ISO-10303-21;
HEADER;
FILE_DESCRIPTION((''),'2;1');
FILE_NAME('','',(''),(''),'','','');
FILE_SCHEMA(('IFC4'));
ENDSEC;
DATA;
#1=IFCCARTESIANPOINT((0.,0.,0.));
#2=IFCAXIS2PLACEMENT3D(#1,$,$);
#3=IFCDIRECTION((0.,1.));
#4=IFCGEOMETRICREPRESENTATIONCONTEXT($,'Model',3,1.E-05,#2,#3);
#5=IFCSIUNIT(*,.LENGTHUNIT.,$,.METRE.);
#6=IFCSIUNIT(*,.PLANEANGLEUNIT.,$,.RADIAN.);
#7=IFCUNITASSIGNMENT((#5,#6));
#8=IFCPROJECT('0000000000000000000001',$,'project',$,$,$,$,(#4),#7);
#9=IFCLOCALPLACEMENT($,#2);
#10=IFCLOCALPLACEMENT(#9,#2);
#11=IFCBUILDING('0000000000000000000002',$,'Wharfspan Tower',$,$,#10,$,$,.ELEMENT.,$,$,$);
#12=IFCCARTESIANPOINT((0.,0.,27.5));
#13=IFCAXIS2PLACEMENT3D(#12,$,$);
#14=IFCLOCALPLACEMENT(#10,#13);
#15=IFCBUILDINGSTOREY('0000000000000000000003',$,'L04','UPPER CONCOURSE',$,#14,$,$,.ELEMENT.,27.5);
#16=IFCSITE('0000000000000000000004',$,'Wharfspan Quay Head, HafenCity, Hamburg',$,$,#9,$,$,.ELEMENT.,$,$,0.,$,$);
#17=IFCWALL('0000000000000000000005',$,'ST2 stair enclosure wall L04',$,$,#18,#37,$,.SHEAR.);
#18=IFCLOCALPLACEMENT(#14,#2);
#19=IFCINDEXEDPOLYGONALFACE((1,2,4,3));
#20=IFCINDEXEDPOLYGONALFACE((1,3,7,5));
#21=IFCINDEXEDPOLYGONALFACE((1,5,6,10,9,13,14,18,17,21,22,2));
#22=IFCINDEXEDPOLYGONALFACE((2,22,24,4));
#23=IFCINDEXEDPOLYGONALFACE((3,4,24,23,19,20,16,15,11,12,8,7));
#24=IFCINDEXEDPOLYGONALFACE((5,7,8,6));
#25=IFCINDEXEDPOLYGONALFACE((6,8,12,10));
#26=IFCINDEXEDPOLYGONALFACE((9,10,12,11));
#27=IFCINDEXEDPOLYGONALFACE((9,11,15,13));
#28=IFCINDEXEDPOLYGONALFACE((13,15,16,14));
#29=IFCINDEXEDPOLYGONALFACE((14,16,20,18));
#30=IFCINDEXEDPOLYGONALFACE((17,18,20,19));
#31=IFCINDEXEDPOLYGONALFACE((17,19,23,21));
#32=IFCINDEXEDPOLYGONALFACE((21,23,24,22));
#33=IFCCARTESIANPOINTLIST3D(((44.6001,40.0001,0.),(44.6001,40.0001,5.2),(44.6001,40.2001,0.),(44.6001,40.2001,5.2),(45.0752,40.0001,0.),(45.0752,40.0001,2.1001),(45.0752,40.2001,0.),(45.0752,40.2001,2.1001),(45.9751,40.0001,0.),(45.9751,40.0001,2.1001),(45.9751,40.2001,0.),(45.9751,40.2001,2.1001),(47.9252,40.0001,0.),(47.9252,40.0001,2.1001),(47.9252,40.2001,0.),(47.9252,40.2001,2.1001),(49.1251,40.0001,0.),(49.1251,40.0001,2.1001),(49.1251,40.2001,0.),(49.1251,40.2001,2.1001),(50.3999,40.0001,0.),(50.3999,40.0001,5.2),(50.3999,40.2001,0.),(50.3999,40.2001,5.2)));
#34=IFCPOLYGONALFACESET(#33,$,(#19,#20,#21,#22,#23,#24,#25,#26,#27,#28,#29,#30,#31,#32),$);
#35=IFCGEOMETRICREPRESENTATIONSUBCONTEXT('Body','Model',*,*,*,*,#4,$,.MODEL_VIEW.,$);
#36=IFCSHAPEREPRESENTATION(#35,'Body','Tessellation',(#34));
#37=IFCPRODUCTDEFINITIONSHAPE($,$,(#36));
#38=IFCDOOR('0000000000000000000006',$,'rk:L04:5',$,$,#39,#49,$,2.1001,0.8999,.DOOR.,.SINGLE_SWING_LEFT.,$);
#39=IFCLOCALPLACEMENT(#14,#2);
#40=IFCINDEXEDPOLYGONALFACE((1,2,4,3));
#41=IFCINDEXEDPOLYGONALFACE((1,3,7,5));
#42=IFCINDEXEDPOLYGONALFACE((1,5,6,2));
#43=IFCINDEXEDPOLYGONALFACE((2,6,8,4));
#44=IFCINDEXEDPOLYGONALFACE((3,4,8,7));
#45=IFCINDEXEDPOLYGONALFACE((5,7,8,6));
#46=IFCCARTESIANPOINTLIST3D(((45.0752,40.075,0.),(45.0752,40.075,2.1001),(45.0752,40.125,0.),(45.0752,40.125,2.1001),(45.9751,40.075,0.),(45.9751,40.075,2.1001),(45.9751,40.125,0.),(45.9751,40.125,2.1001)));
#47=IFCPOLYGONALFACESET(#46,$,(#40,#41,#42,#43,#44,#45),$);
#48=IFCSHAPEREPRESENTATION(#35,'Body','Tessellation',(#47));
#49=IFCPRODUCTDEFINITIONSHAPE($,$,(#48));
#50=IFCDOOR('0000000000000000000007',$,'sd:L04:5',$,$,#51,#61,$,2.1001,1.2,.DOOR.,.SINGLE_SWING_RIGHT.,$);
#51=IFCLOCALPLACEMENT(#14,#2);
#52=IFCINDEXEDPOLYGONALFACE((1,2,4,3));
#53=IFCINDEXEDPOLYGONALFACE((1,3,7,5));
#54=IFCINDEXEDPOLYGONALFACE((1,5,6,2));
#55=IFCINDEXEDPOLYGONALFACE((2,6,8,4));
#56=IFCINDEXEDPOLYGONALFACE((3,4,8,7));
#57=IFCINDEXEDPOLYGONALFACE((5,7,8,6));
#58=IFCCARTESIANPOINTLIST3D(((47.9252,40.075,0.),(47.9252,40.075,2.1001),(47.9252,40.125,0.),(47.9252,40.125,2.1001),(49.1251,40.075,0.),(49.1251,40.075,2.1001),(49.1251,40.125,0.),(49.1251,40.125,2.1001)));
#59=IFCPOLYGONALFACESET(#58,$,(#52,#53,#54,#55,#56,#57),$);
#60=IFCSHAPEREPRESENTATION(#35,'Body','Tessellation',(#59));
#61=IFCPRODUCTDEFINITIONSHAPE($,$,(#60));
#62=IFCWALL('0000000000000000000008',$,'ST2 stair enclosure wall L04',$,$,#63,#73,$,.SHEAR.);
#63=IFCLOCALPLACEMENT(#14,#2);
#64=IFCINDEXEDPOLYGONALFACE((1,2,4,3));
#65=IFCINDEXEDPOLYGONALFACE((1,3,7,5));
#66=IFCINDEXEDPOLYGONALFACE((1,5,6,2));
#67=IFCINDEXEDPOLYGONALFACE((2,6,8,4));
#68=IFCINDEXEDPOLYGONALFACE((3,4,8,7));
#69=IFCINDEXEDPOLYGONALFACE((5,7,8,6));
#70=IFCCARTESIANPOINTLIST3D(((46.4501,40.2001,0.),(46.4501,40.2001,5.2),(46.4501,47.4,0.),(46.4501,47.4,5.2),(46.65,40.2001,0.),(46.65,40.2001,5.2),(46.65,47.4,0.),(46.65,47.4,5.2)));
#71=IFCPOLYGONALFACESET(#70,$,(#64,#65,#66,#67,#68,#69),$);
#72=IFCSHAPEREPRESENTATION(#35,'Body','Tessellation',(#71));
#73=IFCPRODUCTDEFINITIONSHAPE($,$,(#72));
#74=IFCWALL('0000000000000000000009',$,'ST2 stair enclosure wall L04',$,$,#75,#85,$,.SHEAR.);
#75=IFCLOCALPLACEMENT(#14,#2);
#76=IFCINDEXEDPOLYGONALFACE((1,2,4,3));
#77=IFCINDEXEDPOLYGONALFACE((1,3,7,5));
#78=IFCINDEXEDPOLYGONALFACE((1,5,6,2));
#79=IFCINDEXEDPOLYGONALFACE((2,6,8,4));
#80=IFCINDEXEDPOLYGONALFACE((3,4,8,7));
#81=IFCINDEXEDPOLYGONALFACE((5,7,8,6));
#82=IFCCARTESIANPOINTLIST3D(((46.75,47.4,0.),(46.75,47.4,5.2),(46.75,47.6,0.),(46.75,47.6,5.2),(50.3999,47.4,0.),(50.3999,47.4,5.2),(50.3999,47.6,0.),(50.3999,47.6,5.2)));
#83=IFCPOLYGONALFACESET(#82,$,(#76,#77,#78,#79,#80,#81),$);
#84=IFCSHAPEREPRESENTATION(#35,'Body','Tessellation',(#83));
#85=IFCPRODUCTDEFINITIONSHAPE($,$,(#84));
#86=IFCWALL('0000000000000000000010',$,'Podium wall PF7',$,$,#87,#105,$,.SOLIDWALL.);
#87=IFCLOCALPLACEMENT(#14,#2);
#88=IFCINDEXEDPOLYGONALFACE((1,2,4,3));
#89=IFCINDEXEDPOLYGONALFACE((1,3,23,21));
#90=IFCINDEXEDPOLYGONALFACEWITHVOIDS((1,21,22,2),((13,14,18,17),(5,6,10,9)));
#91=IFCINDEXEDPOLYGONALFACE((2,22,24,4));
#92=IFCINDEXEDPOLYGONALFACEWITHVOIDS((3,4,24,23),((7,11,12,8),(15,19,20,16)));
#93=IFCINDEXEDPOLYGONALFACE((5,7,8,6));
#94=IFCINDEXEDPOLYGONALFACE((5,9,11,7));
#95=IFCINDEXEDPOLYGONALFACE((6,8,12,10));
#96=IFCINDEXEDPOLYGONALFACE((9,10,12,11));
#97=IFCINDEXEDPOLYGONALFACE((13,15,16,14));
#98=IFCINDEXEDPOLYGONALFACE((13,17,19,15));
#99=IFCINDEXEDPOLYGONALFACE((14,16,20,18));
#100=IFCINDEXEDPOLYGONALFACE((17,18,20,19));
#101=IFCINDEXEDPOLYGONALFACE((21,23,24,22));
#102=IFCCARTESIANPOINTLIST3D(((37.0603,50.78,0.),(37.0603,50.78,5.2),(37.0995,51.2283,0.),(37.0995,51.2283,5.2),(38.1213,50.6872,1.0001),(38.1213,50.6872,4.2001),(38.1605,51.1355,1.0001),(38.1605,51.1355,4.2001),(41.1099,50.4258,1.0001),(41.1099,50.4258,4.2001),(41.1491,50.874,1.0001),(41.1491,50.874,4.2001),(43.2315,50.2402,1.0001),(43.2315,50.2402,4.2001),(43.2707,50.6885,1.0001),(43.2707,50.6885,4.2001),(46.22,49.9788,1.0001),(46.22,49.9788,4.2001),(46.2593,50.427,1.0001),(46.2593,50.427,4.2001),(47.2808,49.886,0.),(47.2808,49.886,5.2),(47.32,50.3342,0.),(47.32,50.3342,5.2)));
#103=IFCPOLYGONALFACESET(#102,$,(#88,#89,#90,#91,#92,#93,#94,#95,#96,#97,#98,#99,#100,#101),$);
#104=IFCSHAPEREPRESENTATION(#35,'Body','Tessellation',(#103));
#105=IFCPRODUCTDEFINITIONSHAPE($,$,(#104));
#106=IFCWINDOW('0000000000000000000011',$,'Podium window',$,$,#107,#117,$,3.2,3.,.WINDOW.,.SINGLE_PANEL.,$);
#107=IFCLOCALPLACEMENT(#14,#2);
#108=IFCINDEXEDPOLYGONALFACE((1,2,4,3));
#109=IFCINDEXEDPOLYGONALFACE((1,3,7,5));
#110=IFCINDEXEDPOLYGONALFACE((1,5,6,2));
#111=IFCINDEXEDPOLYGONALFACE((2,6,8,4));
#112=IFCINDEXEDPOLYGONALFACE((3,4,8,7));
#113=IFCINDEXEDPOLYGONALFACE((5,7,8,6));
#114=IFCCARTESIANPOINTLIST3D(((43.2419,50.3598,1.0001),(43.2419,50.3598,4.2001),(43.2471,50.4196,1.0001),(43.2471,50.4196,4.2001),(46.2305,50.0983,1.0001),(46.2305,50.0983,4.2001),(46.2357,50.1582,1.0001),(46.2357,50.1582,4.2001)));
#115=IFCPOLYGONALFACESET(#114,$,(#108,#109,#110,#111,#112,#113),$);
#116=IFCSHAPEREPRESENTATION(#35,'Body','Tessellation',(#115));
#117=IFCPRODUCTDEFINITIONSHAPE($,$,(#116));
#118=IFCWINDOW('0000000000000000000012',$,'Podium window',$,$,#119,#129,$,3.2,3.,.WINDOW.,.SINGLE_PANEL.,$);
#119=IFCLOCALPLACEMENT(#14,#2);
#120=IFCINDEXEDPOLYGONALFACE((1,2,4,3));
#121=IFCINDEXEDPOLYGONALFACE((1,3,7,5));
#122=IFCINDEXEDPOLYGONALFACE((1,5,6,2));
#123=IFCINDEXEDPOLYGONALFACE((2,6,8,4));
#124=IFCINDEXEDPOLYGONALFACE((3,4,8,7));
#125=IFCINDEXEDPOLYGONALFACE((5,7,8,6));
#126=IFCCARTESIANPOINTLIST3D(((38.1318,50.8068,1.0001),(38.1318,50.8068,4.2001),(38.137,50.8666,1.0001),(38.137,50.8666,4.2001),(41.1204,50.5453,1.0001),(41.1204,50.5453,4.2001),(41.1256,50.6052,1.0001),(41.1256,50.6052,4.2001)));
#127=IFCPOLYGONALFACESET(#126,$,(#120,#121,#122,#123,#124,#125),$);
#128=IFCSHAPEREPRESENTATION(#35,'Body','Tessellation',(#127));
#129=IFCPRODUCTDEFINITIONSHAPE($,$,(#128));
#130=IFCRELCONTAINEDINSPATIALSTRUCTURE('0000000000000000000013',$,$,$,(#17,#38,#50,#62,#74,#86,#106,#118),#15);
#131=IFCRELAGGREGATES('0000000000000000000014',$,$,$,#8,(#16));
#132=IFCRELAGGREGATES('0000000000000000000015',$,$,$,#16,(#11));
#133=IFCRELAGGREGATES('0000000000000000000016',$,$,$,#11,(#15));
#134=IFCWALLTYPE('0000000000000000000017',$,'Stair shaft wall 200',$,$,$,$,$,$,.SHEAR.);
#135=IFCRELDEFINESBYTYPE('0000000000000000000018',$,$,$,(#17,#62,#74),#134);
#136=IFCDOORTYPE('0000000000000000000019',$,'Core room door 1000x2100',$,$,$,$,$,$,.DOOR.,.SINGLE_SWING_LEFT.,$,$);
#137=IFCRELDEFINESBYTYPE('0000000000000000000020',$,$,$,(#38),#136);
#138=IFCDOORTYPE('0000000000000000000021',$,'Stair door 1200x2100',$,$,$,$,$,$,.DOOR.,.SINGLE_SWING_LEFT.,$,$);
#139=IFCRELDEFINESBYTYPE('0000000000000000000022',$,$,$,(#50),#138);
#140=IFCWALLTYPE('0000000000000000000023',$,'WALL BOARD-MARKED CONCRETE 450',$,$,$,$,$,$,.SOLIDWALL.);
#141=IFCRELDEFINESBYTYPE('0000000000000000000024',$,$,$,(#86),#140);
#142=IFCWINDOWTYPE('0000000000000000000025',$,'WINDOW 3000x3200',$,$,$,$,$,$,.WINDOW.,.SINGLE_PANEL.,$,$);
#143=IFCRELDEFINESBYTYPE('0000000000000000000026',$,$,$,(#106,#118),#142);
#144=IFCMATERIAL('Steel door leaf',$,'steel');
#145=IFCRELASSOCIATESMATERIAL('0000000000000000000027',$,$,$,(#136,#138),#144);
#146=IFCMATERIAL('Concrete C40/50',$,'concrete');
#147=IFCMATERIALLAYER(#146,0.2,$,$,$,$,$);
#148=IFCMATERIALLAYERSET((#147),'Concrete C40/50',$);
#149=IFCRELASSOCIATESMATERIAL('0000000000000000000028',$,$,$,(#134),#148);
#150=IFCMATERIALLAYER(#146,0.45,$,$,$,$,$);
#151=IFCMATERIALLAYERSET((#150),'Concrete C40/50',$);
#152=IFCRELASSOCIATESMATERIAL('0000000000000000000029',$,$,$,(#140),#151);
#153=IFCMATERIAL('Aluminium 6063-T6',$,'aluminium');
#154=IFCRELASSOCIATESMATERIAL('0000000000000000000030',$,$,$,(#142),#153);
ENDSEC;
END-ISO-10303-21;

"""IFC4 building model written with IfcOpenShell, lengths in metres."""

from ifc_helpers import new_model, si_unit, direction, frame, frame_2d, origin, place, context, subcontext, project, spatial, rectangle, extrude, material, layer, layer_set, type_object, element, fill, save


model = new_model("IFC4")

# Units and contexts
model_context = context("Model", 3, precision=1e-05, world=origin(), true_north=direction((0.0, 1.0)))
body_context = subcontext(model_context, "Body", "Model", "MODEL_VIEW")
ifc_project = project(units=[si_unit("LENGTHUNIT", "METRE"), si_unit("PLANEANGLEUNIT", "RADIAN")], contexts=[model_context])

# Site, building, storey
site_placement = place(None, origin())
site = spatial("IfcSite", under=ifc_project, at=site_placement, Name="Wharfspan Quay Head, HafenCity, Hamburg", CompositionType="ELEMENT", RefElevation=0.0)
building_placement = place(site_placement, origin())
building = spatial("IfcBuilding", under=site, at=building_placement, Name="Wharfspan Tower", CompositionType="ELEMENT")
storey_placement = place(building_placement, frame((0.0, 0.0, 27.5)))
storey = spatial("IfcBuildingStorey", under=building, at=storey_placement, Name="L04", Description="UPPER CONCOURSE", CompositionType="ELEMENT", Elevation=27.5)

# Shared definitions
ifc_material_1 = material(Name="Steel door leaf", Category="steel")
door_type_1 = type_object("IfcDoorType", Name="Core room door 1000x2100", OperationType="SINGLE_SWING_LEFT", PredefinedType="DOOR", material=ifc_material_1)

# Wall, openings, doors
ifc_material_2 = material(Name="Concrete C40/50", Category="concrete")
ifc_layer_1 = layer(ifc_material_2, 0.2)
ifc_layer_set_1 = layer_set([ifc_layer_1], Name="Concrete C40/50")
wall_type_1 = type_object("IfcWallType", Name="Stair shaft wall 200", PredefinedType="SHEAR", material=ifc_layer_set_1)
wall_1_placement = place(storey_placement, frame((44.6001, 40.1001, 0.0), z_axis=(0.0, 0.0, 1.0), x_axis=(1.0, 0.0, 0.0)))
wall_1 = element("IfcWall", 1, at=wall_1_placement, inside=storey, type_object=wall_type_1, Name="ST2 stair enclosure wall L04", PredefinedType="SHEAR", context=body_context, shape_type="SweptSolid", body=[
    extrude(rectangle(XDim=5.7998, YDim=0.2, at=frame_2d((2.8999, 0.0))), origin(), (0.0, 0.0, 1.0), 5.2),
])
opening_1_placement = place(wall_1_placement, frame((3.325, 0.0, 0.0)))
opening_1 = element("IfcOpeningElement", 2, at=opening_1_placement, cuts=wall_1, PredefinedType="OPENING", context=body_context, shape_type="SweptSolid", body=[
    extrude(rectangle(XDim=1.2, YDim=2.1001, at=frame_2d((0.6001, 1.05))), frame((0.0, 0.1099, 0.0), z_axis=(0.0, -1.0, 0.0), x_axis=(1.0, 0.0, 0.0)), (0.0, 0.0, 1.0), 0.22),
])
opening_2_placement = place(wall_1_placement, frame((0.4751, 0.0, 0.0)))
opening_2 = element("IfcOpeningElement", 3, at=opening_2_placement, cuts=wall_1, PredefinedType="OPENING", context=body_context, shape_type="SweptSolid", body=[
    extrude(rectangle(XDim=0.8999, YDim=2.1001, at=frame_2d((0.45, 1.05))), frame((0.0, 0.1099, 0.0), z_axis=(0.0, -1.0, 0.0), x_axis=(1.0, 0.0, 0.0)), (0.0, 0.0, 1.0), 0.22),
])
door_1_placement = place(opening_2_placement, origin())
door_1 = element("IfcDoor", 4, at=door_1_placement, inside=storey, type_object=door_type_1, Name="rk:L04:5", OperationType="SINGLE_SWING_LEFT", OverallHeight=2.1001, OverallWidth=0.8999, PredefinedType="DOOR", context=body_context, shape_type="SweptSolid", body=[
    extrude(rectangle(XDim=0.8999, YDim=2.1001, at=frame_2d((0.45, 1.05))), frame((0.0, 0.0249, 0.0), z_axis=(0.0, -1.0, 0.0), x_axis=(1.0, 0.0, 0.0)), (0.0, 0.0, 1.0), 0.05),
])
fill(opening_2, door_1)
door_type_2 = type_object("IfcDoorType", Name="Stair door 1200x2100", OperationType="SINGLE_SWING_LEFT", PredefinedType="DOOR", material=ifc_material_1)
door_2_placement = place(opening_1_placement, origin())
door_2 = element("IfcDoor", 5, at=door_2_placement, inside=storey, type_object=door_type_2, Name="sd:L04:5", OperationType="SINGLE_SWING_RIGHT", OverallHeight=2.1001, OverallWidth=1.2, PredefinedType="DOOR", context=body_context, shape_type="SweptSolid", body=[
    extrude(rectangle(XDim=1.2, YDim=2.1001, at=frame_2d((0.6001, 1.05))), frame((0.0, 0.0249, 0.0), z_axis=(0.0, -1.0, 0.0), x_axis=(1.0, 0.0, 0.0)), (0.0, 0.0, 1.0), 0.05),
])
fill(opening_1, door_2)

# Walls
wall_2_placement = place(storey_placement, frame((46.55, 40.2, 0.0), z_axis=(0.0, 0.0, 1.0), x_axis=(0.0, 1.0, 0.0)))
element("IfcWall", 6, at=wall_2_placement, inside=storey, type_object=wall_type_1, Name="ST2 stair enclosure wall L04", PredefinedType="SHEAR", context=body_context, shape_type="SweptSolid", body=[
    extrude(rectangle(XDim=7.2, YDim=0.2, at=frame_2d((3.6001, 0.0))), origin(), (0.0, 0.0, 1.0), 5.2),
])
wall_3_placement = place(storey_placement, frame((46.75, 47.5, 0.0), z_axis=(0.0, 0.0, 1.0), x_axis=(1.0, 0.0, 0.0)))
element("IfcWall", 7, at=wall_3_placement, inside=storey, type_object=wall_type_1, Name="ST2 stair enclosure wall L04", PredefinedType="SHEAR", context=body_context, shape_type="SweptSolid", body=[
    extrude(rectangle(XDim=3.6499, YDim=0.2, at=frame_2d((1.825, 0.0))), origin(), (0.0, 0.0, 1.0), 5.2),
])

# Wall, openings, windows
ifc_layer_2 = layer(ifc_material_2, 0.45)
ifc_layer_set_2 = layer_set([ifc_layer_2], Name="Concrete C40/50")
wall_type_2 = type_object("IfcWallType", Name="WALL BOARD-MARKED CONCRETE 450", PredefinedType="SOLIDWALL", material=ifc_layer_set_2)
wall_4_placement = place(storey_placement, frame((47.3005, 50.1101, 0.0), z_axis=(0.0, 0.0, 1.0), x_axis=(-0.996195, 0.087143, 0.0)))
wall_4 = element("IfcWall", 8, at=wall_4_placement, inside=storey, type_object=wall_type_2, Name="Podium wall PF7", PredefinedType="SOLIDWALL", context=body_context, shape_type="SweptSolid", body=[
    extrude(rectangle(XDim=10.2595, YDim=0.45, at=frame_2d((5.1299, 0.0))), origin(), (0.0, 0.0, 1.0), 5.2),
])
opening_3_placement = place(wall_4_placement, frame((1.0649, 0.0, 1.0)))
opening_3 = element("IfcOpeningElement", 9, at=opening_3_placement, cuts=wall_4, PredefinedType="OPENING", context=body_context, shape_type="SweptSolid", body=[
    extrude(rectangle(XDim=3.0, YDim=3.2, at=frame_2d((1.5, 1.6001))), frame((0.0, 0.2349, 0.0), z_axis=(0.0, -1.0, 0.0), x_axis=(1.0, 0.0, 0.0)), (0.0, 0.0, 1.0), 0.47),
])
opening_4_placement = place(wall_4_placement, frame((6.1946, 0.0, 1.0)))
opening_4 = element("IfcOpeningElement", 10, at=opening_4_placement, cuts=wall_4, PredefinedType="OPENING", context=body_context, shape_type="SweptSolid", body=[
    extrude(rectangle(XDim=3.0, YDim=3.2, at=frame_2d((1.5, 1.6001))), frame((0.0, 0.2349, 0.0), z_axis=(0.0, -1.0, 0.0), x_axis=(1.0, 0.0, 0.0)), (0.0, 0.0, 1.0), 0.47),
])
ifc_material_3 = material(Name="Aluminium 6063-T6", Category="aluminium")
window_type = type_object("IfcWindowType", Name="WINDOW 3000x3200", PartitioningType="SINGLE_PANEL", PredefinedType="WINDOW", material=ifc_material_3)
window_1_placement = place(opening_3_placement, origin())
window_1 = element("IfcWindow", 11, at=window_1_placement, inside=storey, type_object=window_type, Name="Podium window", OverallHeight=3.2, OverallWidth=3.0, PartitioningType="SINGLE_PANEL", PredefinedType="WINDOW", context=body_context, shape_type="SweptSolid", body=[
    extrude(rectangle(XDim=3.0, YDim=3.2, at=frame_2d((1.5, 1.6001))), frame((0.0, 0.105, 0.0), z_axis=(0.0, -1.0, 0.0), x_axis=(1.0, 0.0, 0.0)), (0.0, 0.0, 1.0), 0.0601),
])
fill(opening_3, window_1)
window_2_placement = place(opening_4_placement, origin())
window_2 = element("IfcWindow", 12, at=window_2_placement, inside=storey, type_object=window_type, Name="Podium window", OverallHeight=3.2, OverallWidth=3.0, PartitioningType="SINGLE_PANEL", PredefinedType="WINDOW", context=body_context, shape_type="SweptSolid", body=[
    extrude(rectangle(XDim=3.0, YDim=3.2, at=frame_2d((1.5, 1.6001))), frame((0.0, 0.105, 0.0), z_axis=(0.0, -1.0, 0.0), x_axis=(1.0, 0.0, 0.0)), (0.0, 0.0, 1.0), 0.0601),
])
fill(opening_4, window_2)

save(model, "model.ifc")
